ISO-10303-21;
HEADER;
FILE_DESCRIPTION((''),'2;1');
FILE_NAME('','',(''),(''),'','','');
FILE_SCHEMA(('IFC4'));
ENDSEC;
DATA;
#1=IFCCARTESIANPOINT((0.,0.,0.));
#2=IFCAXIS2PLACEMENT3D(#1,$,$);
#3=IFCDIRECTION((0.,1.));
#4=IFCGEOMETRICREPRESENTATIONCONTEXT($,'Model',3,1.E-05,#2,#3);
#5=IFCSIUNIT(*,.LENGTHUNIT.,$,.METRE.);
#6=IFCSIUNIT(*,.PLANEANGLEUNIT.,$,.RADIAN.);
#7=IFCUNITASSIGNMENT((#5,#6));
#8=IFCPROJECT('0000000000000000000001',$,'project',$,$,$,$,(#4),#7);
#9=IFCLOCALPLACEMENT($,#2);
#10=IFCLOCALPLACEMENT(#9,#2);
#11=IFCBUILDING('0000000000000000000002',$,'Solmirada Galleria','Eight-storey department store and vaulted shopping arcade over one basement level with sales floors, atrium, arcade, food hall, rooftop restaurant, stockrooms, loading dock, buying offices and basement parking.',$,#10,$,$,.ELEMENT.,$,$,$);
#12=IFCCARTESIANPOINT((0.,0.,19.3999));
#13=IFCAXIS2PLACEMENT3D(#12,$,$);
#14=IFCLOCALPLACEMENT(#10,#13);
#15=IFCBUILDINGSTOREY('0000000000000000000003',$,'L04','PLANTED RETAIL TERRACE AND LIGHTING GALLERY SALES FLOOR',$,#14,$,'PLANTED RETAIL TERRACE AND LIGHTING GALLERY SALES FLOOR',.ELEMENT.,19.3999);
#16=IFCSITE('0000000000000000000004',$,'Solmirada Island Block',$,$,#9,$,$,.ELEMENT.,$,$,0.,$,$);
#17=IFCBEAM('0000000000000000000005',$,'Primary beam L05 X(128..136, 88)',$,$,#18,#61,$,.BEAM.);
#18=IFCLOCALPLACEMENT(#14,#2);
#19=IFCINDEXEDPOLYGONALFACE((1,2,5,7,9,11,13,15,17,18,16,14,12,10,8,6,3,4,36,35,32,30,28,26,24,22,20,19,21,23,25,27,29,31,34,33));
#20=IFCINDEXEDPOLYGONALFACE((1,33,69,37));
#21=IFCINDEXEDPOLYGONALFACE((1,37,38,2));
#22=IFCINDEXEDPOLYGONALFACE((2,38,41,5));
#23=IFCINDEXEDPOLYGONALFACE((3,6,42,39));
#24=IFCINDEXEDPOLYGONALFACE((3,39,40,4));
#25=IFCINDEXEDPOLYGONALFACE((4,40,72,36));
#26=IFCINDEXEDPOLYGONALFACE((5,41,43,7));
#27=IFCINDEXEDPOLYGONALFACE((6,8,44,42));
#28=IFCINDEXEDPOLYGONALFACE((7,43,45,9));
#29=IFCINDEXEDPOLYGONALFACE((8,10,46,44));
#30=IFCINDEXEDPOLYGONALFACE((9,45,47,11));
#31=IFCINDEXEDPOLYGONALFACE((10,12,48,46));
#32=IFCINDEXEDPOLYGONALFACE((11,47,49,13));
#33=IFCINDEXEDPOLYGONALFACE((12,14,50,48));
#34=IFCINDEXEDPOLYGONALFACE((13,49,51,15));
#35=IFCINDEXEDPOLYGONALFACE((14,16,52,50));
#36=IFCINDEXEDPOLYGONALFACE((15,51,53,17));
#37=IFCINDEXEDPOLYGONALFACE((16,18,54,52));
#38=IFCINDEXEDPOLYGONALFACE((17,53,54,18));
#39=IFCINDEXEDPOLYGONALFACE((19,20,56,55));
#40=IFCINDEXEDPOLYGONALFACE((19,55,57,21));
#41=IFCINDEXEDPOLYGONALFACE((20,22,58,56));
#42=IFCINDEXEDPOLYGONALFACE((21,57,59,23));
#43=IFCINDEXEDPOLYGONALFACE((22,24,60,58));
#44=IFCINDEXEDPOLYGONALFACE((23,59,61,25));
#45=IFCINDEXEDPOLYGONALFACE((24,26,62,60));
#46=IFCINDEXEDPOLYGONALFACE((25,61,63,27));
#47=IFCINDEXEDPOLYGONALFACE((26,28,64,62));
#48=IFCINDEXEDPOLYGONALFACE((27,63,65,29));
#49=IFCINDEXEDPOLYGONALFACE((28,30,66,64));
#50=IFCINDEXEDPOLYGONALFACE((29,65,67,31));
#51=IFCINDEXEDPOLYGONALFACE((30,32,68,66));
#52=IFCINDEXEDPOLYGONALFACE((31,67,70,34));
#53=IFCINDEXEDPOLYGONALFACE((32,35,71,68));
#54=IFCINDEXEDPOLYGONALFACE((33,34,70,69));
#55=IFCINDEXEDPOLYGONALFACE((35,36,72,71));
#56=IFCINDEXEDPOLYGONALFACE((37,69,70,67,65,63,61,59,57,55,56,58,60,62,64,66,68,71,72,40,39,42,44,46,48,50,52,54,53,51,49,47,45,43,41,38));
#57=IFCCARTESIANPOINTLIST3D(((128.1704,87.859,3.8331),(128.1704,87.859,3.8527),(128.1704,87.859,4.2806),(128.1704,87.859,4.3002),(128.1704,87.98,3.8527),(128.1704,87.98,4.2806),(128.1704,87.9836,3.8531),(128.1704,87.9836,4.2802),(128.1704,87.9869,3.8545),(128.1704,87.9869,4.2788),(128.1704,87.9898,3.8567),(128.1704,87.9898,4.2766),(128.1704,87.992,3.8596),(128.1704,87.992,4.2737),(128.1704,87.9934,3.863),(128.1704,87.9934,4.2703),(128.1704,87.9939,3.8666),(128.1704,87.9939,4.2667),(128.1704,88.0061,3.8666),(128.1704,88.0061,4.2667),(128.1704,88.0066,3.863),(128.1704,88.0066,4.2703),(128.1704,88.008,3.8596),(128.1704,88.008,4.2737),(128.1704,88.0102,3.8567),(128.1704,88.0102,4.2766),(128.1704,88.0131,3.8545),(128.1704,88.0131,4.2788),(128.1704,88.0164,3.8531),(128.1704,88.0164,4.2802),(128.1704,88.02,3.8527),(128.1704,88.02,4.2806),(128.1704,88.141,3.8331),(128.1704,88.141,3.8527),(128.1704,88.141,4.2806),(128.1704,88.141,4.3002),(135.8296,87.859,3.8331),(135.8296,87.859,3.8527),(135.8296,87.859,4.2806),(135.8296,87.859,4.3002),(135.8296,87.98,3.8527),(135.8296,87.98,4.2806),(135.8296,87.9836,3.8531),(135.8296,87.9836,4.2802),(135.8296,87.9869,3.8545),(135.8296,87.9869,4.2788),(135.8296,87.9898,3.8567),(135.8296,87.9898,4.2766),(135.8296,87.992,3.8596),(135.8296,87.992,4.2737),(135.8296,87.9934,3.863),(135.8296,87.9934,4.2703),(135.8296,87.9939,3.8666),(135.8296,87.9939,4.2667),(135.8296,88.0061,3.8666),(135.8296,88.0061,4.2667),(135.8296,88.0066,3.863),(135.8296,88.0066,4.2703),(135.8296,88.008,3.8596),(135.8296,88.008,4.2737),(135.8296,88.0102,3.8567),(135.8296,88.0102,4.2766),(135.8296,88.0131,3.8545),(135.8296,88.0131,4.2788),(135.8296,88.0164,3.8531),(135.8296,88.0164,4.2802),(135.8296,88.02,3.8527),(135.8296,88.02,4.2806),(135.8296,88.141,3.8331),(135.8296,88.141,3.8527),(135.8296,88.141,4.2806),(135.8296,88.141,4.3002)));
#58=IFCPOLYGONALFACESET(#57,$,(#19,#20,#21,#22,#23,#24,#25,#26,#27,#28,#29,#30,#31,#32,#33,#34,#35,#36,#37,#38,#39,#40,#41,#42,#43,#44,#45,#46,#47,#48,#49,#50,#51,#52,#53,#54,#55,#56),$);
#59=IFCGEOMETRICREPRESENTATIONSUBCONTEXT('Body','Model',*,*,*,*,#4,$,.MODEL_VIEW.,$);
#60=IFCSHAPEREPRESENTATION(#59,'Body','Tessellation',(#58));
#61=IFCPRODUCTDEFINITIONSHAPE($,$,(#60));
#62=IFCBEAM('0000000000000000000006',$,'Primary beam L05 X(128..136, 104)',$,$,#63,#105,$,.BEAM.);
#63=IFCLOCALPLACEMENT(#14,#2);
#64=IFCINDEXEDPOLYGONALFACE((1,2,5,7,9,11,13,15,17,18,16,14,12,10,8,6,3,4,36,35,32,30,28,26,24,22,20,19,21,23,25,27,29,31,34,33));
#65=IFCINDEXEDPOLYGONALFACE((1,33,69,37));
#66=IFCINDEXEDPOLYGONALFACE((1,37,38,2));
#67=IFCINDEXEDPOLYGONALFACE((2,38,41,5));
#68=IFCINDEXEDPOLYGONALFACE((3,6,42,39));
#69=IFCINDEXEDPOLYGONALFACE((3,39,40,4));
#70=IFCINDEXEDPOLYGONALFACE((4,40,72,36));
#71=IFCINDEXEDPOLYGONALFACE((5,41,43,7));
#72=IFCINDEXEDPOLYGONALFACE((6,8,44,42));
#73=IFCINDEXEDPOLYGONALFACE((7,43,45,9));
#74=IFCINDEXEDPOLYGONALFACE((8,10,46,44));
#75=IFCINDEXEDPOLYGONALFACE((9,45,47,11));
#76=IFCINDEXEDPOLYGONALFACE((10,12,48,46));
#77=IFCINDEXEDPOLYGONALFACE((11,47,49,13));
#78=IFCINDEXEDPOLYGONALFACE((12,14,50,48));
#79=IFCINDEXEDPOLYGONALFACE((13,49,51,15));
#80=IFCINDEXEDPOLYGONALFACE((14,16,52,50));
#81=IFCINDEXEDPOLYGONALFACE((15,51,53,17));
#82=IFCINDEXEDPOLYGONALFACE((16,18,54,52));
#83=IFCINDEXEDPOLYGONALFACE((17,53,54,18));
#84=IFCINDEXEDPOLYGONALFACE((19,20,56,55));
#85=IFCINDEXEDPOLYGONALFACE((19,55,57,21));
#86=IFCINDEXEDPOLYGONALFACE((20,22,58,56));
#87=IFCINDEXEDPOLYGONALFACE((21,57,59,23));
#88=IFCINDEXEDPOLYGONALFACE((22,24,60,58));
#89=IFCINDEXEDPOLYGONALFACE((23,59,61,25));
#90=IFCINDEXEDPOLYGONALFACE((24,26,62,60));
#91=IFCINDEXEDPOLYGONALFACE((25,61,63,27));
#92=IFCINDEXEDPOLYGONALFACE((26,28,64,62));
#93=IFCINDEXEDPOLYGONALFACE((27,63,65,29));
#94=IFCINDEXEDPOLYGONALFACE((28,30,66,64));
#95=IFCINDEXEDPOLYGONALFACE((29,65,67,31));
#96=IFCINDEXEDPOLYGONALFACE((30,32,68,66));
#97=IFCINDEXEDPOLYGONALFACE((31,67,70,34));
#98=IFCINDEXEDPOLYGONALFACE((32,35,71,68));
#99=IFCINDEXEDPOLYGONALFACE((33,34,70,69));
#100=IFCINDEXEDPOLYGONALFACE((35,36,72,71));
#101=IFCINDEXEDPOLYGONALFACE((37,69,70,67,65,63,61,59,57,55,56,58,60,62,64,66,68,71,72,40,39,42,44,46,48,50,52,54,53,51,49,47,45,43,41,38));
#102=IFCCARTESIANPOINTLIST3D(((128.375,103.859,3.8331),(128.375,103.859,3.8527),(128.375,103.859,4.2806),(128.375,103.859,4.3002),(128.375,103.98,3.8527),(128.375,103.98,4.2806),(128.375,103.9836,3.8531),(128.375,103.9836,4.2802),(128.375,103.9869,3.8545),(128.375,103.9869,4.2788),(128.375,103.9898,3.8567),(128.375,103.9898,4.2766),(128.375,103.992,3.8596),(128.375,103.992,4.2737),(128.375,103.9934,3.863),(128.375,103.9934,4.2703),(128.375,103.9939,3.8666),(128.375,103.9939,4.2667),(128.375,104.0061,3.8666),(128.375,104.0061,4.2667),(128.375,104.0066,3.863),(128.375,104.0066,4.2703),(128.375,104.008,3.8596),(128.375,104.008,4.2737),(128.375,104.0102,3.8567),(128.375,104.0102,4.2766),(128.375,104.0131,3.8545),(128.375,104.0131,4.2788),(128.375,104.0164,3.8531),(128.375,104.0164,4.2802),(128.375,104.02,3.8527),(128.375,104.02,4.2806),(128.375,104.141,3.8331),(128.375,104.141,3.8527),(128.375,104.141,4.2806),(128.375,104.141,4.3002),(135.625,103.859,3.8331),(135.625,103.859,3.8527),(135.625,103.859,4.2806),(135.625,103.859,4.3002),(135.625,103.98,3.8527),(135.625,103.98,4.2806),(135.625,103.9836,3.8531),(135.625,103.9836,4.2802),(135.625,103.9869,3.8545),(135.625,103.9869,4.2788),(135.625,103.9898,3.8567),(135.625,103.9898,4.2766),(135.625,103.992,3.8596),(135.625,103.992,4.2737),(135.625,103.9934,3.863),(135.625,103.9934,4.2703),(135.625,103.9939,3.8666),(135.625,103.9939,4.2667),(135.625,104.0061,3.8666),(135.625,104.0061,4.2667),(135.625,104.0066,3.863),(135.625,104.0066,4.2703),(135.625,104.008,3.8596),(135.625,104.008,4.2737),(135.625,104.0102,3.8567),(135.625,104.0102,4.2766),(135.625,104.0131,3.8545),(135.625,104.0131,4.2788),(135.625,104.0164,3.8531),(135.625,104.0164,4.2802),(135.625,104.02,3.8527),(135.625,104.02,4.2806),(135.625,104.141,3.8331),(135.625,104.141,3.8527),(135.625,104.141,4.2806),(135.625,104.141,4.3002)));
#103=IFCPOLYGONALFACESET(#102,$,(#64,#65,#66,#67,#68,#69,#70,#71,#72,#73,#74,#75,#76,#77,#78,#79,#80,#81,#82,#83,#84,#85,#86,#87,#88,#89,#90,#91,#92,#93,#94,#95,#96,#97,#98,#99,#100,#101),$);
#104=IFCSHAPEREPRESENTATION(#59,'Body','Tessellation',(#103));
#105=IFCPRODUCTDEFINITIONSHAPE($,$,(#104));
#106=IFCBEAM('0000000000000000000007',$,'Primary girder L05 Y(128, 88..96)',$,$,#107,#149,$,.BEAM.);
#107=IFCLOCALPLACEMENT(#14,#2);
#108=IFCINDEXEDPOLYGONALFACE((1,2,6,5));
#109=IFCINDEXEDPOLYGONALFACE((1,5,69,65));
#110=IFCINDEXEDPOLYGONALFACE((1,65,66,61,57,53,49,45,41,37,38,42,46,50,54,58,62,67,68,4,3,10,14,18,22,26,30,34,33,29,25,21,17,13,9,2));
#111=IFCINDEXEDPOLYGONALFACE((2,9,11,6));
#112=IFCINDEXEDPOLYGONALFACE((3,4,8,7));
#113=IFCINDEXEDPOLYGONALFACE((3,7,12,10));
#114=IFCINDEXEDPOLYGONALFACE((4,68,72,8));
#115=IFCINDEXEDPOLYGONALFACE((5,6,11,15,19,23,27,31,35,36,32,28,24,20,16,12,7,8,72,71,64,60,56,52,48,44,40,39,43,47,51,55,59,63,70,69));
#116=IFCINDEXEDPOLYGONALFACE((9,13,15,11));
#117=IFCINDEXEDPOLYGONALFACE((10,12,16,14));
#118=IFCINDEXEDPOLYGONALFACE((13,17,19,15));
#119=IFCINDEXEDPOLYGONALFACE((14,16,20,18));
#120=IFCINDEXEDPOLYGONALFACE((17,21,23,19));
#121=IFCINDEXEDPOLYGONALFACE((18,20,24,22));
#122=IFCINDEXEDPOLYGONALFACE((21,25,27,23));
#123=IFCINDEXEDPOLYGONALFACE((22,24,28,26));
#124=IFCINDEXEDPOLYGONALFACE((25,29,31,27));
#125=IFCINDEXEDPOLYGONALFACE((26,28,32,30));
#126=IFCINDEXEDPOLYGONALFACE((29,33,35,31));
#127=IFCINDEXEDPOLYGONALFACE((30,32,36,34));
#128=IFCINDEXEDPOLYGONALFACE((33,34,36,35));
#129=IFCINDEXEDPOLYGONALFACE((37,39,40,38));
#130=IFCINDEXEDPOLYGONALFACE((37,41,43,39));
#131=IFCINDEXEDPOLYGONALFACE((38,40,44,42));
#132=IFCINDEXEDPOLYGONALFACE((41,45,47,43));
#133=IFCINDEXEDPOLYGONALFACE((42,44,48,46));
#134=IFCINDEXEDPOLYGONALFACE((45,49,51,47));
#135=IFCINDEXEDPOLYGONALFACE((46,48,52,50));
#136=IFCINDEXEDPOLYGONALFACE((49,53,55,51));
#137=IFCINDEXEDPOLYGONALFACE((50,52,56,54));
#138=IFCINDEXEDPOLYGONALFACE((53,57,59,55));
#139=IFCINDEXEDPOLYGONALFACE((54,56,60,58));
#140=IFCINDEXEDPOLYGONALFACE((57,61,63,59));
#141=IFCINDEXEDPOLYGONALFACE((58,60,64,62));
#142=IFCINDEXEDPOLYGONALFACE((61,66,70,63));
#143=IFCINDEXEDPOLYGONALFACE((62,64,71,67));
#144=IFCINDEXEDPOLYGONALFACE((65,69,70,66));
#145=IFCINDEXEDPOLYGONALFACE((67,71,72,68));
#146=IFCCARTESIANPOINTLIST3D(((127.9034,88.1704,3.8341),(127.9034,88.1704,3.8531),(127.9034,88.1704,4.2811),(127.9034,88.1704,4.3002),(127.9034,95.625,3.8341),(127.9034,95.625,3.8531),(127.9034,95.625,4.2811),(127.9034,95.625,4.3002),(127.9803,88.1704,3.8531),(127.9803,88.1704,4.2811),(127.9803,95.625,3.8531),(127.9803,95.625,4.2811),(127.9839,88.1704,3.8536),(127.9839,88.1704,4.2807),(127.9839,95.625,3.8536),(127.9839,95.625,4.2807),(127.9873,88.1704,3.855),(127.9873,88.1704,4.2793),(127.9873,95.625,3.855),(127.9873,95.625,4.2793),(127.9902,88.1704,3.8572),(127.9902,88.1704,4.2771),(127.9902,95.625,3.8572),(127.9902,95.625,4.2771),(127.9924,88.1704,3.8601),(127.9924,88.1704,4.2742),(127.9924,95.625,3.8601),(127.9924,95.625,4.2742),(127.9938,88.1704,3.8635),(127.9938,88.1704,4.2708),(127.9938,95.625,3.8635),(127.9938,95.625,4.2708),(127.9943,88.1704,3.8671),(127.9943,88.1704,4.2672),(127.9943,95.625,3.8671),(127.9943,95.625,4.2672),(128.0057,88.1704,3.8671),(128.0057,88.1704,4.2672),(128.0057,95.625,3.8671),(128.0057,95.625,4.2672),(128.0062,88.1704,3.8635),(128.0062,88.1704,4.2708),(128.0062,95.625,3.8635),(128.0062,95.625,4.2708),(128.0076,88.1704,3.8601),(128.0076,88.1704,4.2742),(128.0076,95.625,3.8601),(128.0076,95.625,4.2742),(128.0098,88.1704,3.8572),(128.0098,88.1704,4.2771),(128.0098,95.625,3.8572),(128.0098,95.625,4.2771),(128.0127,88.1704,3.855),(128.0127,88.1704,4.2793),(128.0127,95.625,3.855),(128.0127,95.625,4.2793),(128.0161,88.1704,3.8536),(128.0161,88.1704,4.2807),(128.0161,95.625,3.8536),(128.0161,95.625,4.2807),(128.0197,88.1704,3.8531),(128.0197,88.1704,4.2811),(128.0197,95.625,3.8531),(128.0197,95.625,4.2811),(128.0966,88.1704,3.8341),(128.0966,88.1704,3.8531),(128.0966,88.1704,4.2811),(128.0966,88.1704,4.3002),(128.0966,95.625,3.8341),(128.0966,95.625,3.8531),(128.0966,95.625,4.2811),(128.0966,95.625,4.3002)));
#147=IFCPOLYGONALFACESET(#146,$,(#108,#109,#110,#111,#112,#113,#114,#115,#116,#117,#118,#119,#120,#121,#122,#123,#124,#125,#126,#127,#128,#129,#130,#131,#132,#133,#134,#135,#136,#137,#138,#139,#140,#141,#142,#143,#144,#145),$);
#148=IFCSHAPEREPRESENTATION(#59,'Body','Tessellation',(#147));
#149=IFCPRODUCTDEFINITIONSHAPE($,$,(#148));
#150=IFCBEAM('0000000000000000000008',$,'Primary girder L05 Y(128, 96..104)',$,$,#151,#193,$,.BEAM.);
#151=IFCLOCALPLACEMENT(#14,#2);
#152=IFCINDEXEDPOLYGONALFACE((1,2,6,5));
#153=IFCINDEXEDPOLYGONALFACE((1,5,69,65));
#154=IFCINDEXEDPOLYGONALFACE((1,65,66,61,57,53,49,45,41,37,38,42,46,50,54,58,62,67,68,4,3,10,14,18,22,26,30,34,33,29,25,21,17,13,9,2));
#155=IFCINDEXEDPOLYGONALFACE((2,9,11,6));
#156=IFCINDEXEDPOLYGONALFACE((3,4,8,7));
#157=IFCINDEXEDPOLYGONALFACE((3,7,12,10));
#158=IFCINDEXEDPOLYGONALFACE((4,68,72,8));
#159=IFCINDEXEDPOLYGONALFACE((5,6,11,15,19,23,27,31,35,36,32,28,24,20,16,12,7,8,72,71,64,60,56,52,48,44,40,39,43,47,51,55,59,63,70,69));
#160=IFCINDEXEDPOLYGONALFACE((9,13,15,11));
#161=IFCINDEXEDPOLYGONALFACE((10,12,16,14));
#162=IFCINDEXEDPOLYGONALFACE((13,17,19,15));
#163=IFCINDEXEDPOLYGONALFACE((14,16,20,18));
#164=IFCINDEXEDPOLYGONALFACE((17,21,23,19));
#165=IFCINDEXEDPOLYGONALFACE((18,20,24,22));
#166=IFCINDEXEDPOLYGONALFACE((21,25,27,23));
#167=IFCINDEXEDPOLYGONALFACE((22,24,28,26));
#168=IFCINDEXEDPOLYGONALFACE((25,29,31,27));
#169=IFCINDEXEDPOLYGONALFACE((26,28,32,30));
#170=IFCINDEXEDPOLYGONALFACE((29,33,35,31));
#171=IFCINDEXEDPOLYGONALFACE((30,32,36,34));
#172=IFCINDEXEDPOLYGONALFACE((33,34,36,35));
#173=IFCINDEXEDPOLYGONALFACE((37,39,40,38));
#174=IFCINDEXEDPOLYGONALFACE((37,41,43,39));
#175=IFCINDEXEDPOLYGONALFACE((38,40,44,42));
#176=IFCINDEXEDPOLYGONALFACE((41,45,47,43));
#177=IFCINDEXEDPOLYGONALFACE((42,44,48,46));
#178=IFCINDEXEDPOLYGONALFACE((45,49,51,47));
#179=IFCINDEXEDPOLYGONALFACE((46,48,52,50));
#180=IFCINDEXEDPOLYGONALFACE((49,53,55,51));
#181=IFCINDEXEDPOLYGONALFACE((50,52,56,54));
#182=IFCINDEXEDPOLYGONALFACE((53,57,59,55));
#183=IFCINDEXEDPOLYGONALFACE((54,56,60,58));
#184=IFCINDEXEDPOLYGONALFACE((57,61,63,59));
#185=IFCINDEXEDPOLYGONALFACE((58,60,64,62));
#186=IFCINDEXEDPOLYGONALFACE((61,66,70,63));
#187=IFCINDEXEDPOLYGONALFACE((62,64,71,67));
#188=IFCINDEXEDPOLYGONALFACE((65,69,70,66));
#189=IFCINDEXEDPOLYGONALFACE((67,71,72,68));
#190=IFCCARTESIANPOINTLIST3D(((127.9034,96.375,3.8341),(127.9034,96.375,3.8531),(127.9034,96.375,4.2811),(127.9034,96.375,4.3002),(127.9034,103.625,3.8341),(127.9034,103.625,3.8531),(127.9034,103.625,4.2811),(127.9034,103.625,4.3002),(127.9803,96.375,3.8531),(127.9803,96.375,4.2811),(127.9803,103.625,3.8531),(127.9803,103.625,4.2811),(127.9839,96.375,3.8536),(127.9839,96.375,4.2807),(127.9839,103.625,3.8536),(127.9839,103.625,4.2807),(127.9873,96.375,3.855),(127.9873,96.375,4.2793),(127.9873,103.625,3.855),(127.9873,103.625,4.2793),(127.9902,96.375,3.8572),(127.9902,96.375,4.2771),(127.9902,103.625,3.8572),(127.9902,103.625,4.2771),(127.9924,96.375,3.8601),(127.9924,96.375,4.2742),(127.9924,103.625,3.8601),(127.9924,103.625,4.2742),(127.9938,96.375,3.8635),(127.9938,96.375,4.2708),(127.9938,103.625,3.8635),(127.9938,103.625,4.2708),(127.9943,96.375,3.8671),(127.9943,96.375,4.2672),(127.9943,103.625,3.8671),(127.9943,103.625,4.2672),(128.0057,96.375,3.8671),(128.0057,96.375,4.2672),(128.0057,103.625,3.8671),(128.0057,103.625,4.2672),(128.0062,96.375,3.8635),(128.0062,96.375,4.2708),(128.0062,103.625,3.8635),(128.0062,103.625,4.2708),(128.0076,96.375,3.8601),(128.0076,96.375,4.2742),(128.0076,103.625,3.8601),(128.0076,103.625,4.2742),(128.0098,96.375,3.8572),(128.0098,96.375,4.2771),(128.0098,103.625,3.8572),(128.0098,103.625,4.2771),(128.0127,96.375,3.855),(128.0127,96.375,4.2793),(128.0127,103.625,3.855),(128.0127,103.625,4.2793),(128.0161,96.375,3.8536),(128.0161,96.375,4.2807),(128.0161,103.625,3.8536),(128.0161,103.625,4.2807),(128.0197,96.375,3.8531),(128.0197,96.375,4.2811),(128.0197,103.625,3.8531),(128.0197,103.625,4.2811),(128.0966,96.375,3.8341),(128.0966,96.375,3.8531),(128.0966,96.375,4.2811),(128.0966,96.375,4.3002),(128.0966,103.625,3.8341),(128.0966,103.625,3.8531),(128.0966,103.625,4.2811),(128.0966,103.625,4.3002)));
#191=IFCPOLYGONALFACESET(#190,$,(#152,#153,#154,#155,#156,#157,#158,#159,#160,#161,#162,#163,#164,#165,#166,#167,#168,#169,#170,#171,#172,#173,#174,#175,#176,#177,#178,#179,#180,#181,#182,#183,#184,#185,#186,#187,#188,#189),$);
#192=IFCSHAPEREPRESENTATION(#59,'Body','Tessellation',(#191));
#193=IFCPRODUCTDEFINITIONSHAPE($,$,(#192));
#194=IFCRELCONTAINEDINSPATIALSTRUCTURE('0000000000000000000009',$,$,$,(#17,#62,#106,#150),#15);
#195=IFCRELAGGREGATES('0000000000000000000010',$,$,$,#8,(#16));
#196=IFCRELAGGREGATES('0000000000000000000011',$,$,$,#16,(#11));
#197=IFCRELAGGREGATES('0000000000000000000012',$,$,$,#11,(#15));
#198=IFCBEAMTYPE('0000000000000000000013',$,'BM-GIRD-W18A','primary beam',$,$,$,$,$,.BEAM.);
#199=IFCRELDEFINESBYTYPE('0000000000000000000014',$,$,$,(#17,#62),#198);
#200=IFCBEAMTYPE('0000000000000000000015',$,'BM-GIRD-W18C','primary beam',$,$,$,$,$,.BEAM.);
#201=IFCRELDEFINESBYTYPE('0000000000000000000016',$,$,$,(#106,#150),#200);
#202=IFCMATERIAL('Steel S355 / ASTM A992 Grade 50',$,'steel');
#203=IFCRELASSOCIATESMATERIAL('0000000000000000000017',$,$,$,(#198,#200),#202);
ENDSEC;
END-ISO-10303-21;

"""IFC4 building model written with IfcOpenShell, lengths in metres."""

from ifc_helpers import new_model, si_unit, direction, frame, origin, origin_2d, place, context, subcontext, project, spatial, i_section, extrude, material, material_profile, profile_set, type_object, element, save


model = new_model("IFC4")

# Units and contexts
model_context = context("Model", 3, precision=1e-05, world=origin(), true_north=direction((0.0, 1.0)))
body_context = subcontext(model_context, "Body", "Model", "MODEL_VIEW")
ifc_project = project(units=[si_unit("LENGTHUNIT", "METRE"), si_unit("PLANEANGLEUNIT", "RADIAN")], contexts=[model_context])

# Site, building, storey
site_placement = place(None, origin())
site = spatial("IfcSite", under=ifc_project, at=site_placement, Name="Solmirada Island Block", CompositionType="ELEMENT", RefElevation=0.0)
building_placement = place(site_placement, origin())
building = spatial("IfcBuilding", under=site, at=building_placement, Name="Solmirada Galleria", Description="Eight-storey department store and vaulted shopping arcade over one basement level with sales floors, atrium, arcade, food hall, rooftop restaurant, stockrooms, loading dock, buying offices and basement parking.", CompositionType="ELEMENT")
storey_placement = place(building_placement, frame((0.0, 0.0, 19.3999)))
storey = spatial("IfcBuildingStorey", under=building, at=storey_placement, Name="L04", Description="PLANTED RETAIL TERRACE AND LIGHTING GALLERY SALES FLOOR", LongName="PLANTED RETAIL TERRACE AND LIGHTING GALLERY SALES FLOOR", CompositionType="ELEMENT", Elevation=19.3999)

# Beams
ifc_material_1 = material(Name="Steel S355 / ASTM A992 Grade 50", Category="steel")
ifc_material_profile_1 = material_profile(ifc_material_1, i_section(OverallWidth=0.282, OverallDepth=0.467, WebThickness=0.0122, FlangeThickness=0.0195, FilletRadius=0.0139, at=origin_2d()), Name="W18X86")
ifc_profile_set_1 = profile_set([ifc_material_profile_1], Name="Steel S355 / ASTM A992 Grade 50")
beam_type_1 = type_object("IfcBeamType", Name="BM-GIRD-W18A", Description="primary beam", PredefinedType="BEAM", material=ifc_profile_set_1)
beam_1_placement = place(storey_placement, frame((128.1704, 88.0, 4.0667), z_axis=(1.0, 0.0, 0.0), x_axis=(0.0, 1.0, 0.0)))
element("IfcBeam", 1, at=beam_1_placement, inside=storey, type_object=beam_type_1, Name="Primary beam L05 X(128..136, 88)", PredefinedType="BEAM", context=body_context, shape_type="SweptSolid", body=[
    extrude(i_section(OverallWidth=0.282, OverallDepth=0.467, WebThickness=0.0122, FlangeThickness=0.0195, FilletRadius=0.0139, at=origin_2d()), origin(), (0.0, 0.0, 1.0), 7.6592),
])
beam_2_placement = place(storey_placement, frame((128.375, 104.0, 4.0667), z_axis=(1.0, 0.0, 0.0), x_axis=(0.0, 1.0, 0.0)))
element("IfcBeam", 2, at=beam_2_placement, inside=storey, type_object=beam_type_1, Name="Primary beam L05 X(128..136, 104)", PredefinedType="BEAM", context=body_context, shape_type="SweptSolid", body=[
    extrude(i_section(OverallWidth=0.282, OverallDepth=0.467, WebThickness=0.0122, FlangeThickness=0.0195, FilletRadius=0.0139, at=origin_2d()), origin(), (0.0, 0.0, 1.0), 7.25),
])
ifc_material_profile_2 = material_profile(ifc_material_1, i_section(OverallWidth=0.1931, OverallDepth=0.4661, WebThickness=0.0115, FlangeThickness=0.019, FilletRadius=0.0139, at=origin_2d()), Name="W18X65")
ifc_profile_set_2 = profile_set([ifc_material_profile_2], Name="Steel S355 / ASTM A992 Grade 50")
beam_type_2 = type_object("IfcBeamType", Name="BM-GIRD-W18C", Description="primary beam", PredefinedType="BEAM", material=ifc_profile_set_2)
beam_3_placement = place(storey_placement, frame((128.0, 88.1704, 4.0671), z_axis=(0.0, 1.0, 0.0), x_axis=(-1.0, 0.0, 0.0)))
element("IfcBeam", 3, at=beam_3_placement, inside=storey, type_object=beam_type_2, Name="Primary girder L05 Y(128, 88..96)", PredefinedType="BEAM", context=body_context, shape_type="SweptSolid", body=[
    extrude(i_section(OverallWidth=0.1931, OverallDepth=0.4661, WebThickness=0.0115, FlangeThickness=0.019, FilletRadius=0.0139, at=origin_2d()), origin(), (0.0, 0.0, 1.0), 7.4546),
])
for number, where, z_axis, x_axis, name in (
    (4, (128.0, 96.375, 4.0671), (0.0, 1.0, 0.0), (-1.0, 0.0, 0.0), "Primary girder L05 Y(128, 96..104)"),
):
    element("IfcBeam", number, at=place(storey_placement, frame(where, z_axis=z_axis, x_axis=x_axis)), inside=storey, type_object=beam_type_2, Name=name, PredefinedType="BEAM", context=body_context, shape_type="SweptSolid", body=[
        extrude(i_section(OverallWidth=0.1931, OverallDepth=0.4661, WebThickness=0.0115, FlangeThickness=0.019, FilletRadius=0.0139, at=origin_2d()), origin(), (0.0, 0.0, 1.0), 7.25),
    ])

save(model, "model.ifc")
